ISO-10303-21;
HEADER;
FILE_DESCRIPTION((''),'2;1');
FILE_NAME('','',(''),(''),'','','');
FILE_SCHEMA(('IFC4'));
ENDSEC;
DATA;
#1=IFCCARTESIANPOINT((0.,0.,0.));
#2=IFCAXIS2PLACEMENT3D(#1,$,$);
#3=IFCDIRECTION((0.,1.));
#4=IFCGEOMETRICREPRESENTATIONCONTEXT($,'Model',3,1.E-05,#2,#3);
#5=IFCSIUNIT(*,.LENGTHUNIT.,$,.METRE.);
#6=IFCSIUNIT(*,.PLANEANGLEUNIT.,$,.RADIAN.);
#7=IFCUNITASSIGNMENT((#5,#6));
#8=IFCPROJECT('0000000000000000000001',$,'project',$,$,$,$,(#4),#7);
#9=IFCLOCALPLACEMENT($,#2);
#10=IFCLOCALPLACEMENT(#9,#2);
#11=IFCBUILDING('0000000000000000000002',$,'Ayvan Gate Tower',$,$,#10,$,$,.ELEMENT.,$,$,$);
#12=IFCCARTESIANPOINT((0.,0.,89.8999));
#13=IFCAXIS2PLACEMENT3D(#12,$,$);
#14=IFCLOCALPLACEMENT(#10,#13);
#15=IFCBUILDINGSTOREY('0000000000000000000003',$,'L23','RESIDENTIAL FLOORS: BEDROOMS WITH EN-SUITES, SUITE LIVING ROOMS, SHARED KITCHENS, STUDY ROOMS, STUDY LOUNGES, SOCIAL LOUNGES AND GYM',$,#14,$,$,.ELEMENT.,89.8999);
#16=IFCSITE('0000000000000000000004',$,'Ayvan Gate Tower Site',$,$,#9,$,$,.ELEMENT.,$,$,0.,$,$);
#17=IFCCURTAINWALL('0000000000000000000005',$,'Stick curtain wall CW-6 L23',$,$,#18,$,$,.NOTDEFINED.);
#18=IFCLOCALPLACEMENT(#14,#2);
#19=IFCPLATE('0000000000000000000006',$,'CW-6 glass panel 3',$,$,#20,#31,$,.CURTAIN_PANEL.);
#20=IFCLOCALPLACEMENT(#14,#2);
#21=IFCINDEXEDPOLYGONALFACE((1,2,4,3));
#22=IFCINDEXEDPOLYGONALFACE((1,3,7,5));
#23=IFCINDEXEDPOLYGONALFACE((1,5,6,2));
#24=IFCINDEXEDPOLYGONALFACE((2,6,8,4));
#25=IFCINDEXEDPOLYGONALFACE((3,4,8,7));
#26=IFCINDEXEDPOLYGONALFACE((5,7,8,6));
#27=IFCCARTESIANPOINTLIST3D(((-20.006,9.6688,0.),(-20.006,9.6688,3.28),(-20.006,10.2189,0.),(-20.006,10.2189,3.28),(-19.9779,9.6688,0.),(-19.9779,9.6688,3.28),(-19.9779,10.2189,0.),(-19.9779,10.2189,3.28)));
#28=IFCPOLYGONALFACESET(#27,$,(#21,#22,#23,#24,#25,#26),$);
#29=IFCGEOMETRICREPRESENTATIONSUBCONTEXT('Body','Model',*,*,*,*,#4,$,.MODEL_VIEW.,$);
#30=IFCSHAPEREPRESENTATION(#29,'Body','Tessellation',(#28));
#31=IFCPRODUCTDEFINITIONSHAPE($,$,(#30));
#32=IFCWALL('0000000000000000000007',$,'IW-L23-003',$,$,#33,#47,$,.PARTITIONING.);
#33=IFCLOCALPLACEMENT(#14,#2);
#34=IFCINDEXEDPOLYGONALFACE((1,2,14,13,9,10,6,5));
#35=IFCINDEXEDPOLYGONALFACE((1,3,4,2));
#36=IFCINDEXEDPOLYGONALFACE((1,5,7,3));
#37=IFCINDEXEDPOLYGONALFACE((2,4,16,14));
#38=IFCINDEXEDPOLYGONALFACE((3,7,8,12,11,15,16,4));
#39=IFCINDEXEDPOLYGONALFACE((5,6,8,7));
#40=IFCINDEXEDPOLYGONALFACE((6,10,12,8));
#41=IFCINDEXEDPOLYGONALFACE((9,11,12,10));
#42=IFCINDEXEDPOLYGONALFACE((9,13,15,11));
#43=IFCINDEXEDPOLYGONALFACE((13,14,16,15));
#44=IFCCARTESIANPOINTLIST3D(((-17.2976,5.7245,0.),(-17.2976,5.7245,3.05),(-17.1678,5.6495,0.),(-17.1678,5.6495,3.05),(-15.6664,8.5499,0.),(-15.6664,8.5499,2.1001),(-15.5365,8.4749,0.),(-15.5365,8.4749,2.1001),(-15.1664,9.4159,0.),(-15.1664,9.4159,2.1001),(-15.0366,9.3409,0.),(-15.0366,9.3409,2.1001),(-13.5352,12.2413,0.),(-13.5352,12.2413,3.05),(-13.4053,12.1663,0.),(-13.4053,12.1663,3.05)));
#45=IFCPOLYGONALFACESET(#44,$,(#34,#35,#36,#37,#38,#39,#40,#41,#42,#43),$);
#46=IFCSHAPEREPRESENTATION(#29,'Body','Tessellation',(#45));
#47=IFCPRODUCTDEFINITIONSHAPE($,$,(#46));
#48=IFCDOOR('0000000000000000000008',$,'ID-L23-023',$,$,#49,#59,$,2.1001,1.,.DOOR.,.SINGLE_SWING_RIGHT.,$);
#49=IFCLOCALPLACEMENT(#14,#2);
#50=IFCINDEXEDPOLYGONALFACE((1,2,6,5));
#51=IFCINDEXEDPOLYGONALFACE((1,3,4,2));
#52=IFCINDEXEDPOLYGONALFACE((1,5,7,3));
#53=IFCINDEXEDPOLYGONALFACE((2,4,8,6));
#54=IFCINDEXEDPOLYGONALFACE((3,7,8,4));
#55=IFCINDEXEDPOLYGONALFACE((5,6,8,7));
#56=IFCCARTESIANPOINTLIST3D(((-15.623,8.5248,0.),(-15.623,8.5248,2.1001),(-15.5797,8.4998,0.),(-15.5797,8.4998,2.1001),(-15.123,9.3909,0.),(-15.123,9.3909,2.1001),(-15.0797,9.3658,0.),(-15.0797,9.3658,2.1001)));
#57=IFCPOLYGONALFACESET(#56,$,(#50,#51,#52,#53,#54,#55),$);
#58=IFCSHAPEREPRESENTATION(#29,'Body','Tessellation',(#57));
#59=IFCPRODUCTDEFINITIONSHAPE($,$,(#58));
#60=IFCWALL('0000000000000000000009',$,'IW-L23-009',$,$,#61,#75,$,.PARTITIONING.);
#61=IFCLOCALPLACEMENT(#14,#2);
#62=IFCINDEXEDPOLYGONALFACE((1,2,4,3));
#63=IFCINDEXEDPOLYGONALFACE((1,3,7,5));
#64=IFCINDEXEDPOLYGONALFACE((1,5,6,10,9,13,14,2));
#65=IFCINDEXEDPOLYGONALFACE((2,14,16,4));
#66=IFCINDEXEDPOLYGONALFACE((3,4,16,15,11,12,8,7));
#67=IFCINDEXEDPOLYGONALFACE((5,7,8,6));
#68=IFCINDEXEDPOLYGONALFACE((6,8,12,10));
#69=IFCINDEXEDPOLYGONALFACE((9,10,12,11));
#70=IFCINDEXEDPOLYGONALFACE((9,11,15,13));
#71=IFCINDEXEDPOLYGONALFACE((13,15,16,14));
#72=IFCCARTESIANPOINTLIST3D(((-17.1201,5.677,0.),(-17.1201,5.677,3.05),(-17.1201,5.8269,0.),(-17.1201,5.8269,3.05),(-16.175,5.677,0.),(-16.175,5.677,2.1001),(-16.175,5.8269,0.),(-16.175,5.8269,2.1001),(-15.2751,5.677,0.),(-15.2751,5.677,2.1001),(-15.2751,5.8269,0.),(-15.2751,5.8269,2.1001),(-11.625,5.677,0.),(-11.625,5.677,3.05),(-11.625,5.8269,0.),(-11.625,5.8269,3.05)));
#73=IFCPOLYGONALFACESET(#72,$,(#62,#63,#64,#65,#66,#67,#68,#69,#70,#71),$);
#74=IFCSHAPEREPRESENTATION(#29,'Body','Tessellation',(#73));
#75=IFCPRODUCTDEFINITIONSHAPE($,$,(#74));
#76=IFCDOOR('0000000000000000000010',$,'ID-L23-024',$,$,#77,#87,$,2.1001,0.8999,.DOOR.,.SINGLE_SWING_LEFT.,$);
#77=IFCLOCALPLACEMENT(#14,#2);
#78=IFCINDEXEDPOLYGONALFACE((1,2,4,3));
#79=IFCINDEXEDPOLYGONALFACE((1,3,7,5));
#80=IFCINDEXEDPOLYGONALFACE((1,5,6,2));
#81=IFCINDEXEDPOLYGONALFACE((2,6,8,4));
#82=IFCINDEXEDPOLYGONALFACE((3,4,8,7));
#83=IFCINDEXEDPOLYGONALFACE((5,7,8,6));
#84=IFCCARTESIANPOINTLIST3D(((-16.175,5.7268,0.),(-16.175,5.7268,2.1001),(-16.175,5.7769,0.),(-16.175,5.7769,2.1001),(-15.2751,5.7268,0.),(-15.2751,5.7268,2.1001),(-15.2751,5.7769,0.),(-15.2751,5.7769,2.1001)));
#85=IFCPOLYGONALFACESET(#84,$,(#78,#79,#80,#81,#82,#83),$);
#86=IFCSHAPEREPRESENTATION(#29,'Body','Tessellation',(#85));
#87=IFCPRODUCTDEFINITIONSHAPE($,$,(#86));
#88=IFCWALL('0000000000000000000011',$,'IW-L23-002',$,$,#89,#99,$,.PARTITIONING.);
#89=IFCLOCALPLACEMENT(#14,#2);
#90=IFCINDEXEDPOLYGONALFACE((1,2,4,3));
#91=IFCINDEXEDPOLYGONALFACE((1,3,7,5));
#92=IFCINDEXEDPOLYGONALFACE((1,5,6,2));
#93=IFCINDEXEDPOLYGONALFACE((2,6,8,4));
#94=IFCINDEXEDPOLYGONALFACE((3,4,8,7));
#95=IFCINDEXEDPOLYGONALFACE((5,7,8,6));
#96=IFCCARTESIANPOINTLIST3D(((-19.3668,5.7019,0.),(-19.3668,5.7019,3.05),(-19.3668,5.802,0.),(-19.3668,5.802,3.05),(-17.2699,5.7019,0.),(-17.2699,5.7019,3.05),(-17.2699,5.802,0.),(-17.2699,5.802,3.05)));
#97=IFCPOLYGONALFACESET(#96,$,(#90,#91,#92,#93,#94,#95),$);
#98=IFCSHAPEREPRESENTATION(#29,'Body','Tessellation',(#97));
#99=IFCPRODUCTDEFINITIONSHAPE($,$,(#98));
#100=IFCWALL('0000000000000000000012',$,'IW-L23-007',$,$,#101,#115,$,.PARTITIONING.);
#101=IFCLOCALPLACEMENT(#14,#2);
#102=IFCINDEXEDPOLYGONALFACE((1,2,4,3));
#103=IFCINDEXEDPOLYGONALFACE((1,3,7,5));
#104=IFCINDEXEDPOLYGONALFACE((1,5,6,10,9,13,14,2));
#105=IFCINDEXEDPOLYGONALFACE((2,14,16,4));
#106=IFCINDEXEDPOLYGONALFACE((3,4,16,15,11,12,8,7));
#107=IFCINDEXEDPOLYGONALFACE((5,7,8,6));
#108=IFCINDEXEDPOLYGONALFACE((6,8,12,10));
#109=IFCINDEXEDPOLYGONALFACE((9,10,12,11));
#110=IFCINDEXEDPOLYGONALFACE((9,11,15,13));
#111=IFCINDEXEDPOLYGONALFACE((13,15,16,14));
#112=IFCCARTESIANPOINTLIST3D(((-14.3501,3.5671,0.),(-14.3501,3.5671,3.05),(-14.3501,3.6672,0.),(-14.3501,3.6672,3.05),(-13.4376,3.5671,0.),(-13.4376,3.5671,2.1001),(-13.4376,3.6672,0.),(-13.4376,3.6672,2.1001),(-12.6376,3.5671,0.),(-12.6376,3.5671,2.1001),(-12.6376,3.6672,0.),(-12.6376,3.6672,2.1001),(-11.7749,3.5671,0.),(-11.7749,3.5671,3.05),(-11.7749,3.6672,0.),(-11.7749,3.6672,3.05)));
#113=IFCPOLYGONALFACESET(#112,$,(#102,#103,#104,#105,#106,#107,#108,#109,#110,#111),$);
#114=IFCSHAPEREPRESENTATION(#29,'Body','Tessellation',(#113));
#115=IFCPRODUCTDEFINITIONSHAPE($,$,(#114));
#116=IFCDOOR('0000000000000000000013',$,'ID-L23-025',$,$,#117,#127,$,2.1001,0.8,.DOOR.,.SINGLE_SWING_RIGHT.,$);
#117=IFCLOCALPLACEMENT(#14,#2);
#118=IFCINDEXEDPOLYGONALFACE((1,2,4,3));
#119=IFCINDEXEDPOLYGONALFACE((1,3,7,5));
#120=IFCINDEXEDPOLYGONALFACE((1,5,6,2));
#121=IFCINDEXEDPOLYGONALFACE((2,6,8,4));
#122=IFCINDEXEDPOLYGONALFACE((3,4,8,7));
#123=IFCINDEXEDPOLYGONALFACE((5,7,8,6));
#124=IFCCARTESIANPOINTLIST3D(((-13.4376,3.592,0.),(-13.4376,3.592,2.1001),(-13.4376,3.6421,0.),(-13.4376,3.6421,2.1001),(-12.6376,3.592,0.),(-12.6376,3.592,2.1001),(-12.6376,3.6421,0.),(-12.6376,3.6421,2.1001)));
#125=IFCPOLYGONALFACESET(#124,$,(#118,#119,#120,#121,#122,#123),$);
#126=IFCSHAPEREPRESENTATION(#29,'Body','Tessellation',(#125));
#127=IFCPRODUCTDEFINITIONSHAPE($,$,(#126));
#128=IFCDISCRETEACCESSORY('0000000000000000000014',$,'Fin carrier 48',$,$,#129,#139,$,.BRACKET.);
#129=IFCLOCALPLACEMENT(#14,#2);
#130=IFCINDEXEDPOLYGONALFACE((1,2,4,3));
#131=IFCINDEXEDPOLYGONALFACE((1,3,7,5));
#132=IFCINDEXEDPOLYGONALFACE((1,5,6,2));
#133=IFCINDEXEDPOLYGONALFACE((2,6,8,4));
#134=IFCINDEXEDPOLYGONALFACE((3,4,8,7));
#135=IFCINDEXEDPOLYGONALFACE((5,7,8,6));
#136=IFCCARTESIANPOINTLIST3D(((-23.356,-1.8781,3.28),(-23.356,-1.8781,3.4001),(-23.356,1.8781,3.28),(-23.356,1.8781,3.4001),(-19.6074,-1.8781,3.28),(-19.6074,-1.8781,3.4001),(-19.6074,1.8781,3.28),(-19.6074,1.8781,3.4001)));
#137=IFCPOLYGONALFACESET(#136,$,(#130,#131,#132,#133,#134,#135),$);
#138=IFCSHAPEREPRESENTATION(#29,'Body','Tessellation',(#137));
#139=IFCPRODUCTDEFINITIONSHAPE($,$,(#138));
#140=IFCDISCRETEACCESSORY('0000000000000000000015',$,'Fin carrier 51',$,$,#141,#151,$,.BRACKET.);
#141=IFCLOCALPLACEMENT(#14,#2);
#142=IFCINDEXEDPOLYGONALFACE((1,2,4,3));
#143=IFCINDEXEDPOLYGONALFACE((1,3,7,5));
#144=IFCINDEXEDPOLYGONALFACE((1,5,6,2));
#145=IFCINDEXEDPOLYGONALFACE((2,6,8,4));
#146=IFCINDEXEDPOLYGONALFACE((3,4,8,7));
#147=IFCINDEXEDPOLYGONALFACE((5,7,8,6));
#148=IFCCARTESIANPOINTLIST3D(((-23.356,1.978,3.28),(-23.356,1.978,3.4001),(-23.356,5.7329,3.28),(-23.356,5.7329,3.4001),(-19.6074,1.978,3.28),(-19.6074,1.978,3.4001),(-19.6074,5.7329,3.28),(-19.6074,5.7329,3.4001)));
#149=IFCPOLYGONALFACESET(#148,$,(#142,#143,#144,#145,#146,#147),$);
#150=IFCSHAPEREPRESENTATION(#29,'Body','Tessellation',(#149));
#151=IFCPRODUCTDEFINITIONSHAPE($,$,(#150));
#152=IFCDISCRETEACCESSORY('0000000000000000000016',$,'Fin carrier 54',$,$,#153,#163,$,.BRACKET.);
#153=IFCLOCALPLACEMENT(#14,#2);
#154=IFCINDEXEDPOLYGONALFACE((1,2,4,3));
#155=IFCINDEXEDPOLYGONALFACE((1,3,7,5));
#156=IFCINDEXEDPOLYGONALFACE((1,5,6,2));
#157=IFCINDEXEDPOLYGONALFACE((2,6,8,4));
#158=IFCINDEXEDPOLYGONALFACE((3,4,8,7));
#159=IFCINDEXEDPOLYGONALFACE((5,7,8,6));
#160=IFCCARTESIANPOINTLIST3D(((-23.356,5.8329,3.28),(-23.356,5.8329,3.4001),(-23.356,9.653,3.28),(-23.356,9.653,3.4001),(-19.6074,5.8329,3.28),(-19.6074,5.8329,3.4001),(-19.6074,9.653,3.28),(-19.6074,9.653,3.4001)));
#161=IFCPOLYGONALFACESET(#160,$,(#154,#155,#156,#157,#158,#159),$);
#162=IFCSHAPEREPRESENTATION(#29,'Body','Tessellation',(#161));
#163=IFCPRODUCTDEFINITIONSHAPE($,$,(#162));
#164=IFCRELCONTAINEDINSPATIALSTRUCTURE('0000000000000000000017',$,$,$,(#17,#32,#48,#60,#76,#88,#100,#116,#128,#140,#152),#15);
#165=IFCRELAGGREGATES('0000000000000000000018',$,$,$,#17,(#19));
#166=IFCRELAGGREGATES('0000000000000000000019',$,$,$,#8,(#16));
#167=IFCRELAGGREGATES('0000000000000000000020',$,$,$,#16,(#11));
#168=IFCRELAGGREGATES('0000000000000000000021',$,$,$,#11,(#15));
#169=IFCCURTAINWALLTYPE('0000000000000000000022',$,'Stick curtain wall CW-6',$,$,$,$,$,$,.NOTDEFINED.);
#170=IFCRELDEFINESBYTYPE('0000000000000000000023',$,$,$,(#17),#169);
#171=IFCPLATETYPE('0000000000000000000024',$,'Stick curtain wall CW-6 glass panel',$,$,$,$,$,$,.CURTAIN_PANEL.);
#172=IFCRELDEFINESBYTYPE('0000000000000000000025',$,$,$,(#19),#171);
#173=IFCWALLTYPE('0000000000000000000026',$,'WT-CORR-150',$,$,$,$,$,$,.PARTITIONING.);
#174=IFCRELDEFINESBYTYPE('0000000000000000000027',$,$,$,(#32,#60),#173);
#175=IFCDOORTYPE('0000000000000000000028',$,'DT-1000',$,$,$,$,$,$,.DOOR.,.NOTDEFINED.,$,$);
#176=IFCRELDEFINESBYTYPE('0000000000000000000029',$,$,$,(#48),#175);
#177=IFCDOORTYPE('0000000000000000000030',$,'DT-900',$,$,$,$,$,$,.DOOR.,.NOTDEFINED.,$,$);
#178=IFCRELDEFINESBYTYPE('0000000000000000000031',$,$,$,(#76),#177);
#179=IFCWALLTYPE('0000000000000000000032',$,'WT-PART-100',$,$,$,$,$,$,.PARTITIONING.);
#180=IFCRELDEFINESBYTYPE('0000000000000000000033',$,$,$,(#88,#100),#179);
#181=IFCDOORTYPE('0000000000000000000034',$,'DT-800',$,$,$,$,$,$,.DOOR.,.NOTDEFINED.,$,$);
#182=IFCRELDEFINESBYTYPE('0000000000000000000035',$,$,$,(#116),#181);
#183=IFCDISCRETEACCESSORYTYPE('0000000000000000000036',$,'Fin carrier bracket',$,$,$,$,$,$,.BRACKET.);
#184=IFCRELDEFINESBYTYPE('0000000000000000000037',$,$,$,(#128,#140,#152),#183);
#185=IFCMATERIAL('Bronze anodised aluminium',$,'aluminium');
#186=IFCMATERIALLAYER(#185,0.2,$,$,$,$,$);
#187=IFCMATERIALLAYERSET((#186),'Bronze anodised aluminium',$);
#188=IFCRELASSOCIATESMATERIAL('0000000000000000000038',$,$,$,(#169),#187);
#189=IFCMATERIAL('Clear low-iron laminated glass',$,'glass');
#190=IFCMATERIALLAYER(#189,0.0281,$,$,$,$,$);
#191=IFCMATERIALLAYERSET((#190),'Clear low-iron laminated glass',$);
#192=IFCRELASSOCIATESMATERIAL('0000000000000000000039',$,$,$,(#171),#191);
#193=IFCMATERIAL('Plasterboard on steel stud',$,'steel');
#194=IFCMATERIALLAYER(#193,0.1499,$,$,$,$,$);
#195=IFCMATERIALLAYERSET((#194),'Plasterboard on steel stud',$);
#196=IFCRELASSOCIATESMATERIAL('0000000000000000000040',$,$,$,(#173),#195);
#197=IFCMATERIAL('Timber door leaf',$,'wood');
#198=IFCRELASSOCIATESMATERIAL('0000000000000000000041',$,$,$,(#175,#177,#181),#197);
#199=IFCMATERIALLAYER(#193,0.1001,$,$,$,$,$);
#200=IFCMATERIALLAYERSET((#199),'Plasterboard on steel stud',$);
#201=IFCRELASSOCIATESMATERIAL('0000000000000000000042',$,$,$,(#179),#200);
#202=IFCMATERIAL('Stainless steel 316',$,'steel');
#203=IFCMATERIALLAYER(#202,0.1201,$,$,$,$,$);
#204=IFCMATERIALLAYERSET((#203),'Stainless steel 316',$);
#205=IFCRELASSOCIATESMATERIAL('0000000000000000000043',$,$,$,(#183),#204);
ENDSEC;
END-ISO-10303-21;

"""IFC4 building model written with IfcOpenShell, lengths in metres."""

from ifc_helpers import new_model, si_unit, direction, frame, frame_2d, origin, origin_2d, place, context, subcontext, project, spatial, rectangle, extrude, material, layer, layer_set, type_object, element, fill, aggregate, save


model = new_model("IFC4")

# Units and contexts
model_context = context("Model", 3, precision=1e-05, world=origin(), true_north=direction((0.0, 1.0)))
body_context = subcontext(model_context, "Body", "Model", "MODEL_VIEW")
ifc_project = project(units=[si_unit("LENGTHUNIT", "METRE"), si_unit("PLANEANGLEUNIT", "RADIAN")], contexts=[model_context])

# Site, building, storey
site_placement = place(None, origin())
site = spatial("IfcSite", under=ifc_project, at=site_placement, Name="Ayvan Gate Tower Site", CompositionType="ELEMENT", RefElevation=0.0)
building_placement = place(site_placement, origin())
building = spatial("IfcBuilding", under=site, at=building_placement, Name="Ayvan Gate Tower", CompositionType="ELEMENT")
storey_placement = place(building_placement, frame((0.0, 0.0, 89.8999)))
storey = spatial("IfcBuildingStorey", under=building, at=storey_placement, Name="L23", Description="RESIDENTIAL FLOORS: BEDROOMS WITH EN-SUITES, SUITE LIVING ROOMS, SHARED KITCHENS, STUDY ROOMS, STUDY LOUNGES, SOCIAL LOUNGES AND GYM", CompositionType="ELEMENT", Elevation=89.8999)

# Curtain wall
ifc_material_1 = material(Name="Bronze anodised aluminium", Category="aluminium")
ifc_layer_1 = layer(ifc_material_1, 0.2)
ifc_layer_set_1 = layer_set([ifc_layer_1], Name="Bronze anodised aluminium")
curtain_wall_type_1 = type_object("IfcCurtainWallType", Name="Stick curtain wall CW-6", PredefinedType="NOTDEFINED", material=ifc_layer_set_1)
curtain_wall_1_placement = place(storey_placement, origin())
curtain_wall_1 = element("IfcCurtainWall", 1, at=curtain_wall_1_placement, inside=storey, type_object=curtain_wall_type_1, Name="Stick curtain wall CW-6 L23", PredefinedType="NOTDEFINED")

# Plate
ifc_material_2 = material(Name="Clear low-iron laminated glass", Category="glass")
ifc_layer_2 = layer(ifc_material_2, 0.0281)
ifc_layer_set_2 = layer_set([ifc_layer_2], Name="Clear low-iron laminated glass")
plate_type_1 = type_object("IfcPlateType", Name="Stick curtain wall CW-6 glass panel", PredefinedType="CURTAIN_PANEL", material=ifc_layer_set_2)
plate_1_placement = place(storey_placement, frame((-19.9919, 9.9438, 0.0), z_axis=(0.0, 0.0, 1.0), x_axis=(0.0, -1.0, 0.0)))
plate_1 = element("IfcPlate", 2, at=plate_1_placement, type_object=plate_type_1, Name="CW-6 glass panel 3", PredefinedType="CURTAIN_PANEL", context=body_context, shape_type="SweptSolid", body=[
    extrude(rectangle(XDim=0.55, YDim=0.0281, at=origin_2d()), origin(), (0.0, 0.0, 1.0), 3.28),
])
aggregate(curtain_wall_1, [plate_1])

# Walls, openings, doors
ifc_material_3 = material(Name="Plasterboard on steel stud", Category="steel")
ifc_layer_3 = layer(ifc_material_3, 0.1499)
ifc_layer_set_3 = layer_set([ifc_layer_3], Name="Plasterboard on steel stud")
wall_type_1 = type_object("IfcWallType", Name="WT-CORR-150", PredefinedType="PARTITIONING", material=ifc_layer_set_3)
wall_1_placement = place(storey_placement, frame((-17.2327, 5.687, 0.0), z_axis=(0.0, 0.0, 1.0), x_axis=(0.499995, 0.866028, 0.0)))
wall_1 = element("IfcWall", 3, at=wall_1_placement, inside=storey, type_object=wall_type_1, Name="IW-L23-003", PredefinedType="PARTITIONING", context=body_context, shape_type="SweptSolid", body=[
    extrude(rectangle(XDim=7.5249, YDim=0.1499, at=frame_2d((3.7625, 0.0))), origin(), (0.0, 0.0, 1.0), 3.05),
])
opening_1_placement = place(wall_1_placement, frame((3.2625, 0.0, 0.0)))
opening_1 = element("IfcOpeningElement", 4, at=opening_1_placement, cuts=wall_1, PredefinedType="OPENING", context=body_context, shape_type="SweptSolid", body=[
    extrude(rectangle(XDim=1.0, YDim=2.1001, at=frame_2d((0.5, 1.05))), frame((0.0, 0.085, 0.0), z_axis=(0.0, -1.0, 0.0), x_axis=(1.0, 0.0, 0.0)), (0.0, 0.0, 1.0), 0.1699),
])
ifc_material_4 = material(Name="Timber door leaf", Category="wood")
door_type_1 = type_object("IfcDoorType", Name="DT-1000", OperationType="NOTDEFINED", PredefinedType="DOOR", material=ifc_material_4)
door_1_placement = place(opening_1_placement, origin())
door_1 = element("IfcDoor", 5, at=door_1_placement, inside=storey, type_object=door_type_1, Name="ID-L23-023", OperationType="SINGLE_SWING_RIGHT", OverallHeight=2.1001, OverallWidth=1.0, PredefinedType="DOOR", context=body_context, shape_type="SweptSolid", body=[
    extrude(rectangle(XDim=1.0, YDim=2.1001, at=frame_2d((0.5, 1.05))), frame((0.0, 0.0249, 0.0), z_axis=(0.0, -1.0, 0.0), x_axis=(1.0, 0.0, 0.0)), (0.0, 0.0, 1.0), 0.05),
])
fill(opening_1, door_1)
wall_2_placement = place(storey_placement, frame((-17.1201, 5.752, 0.0), z_axis=(0.0, 0.0, 1.0), x_axis=(1.0, 0.0, 0.0)))
wall_2 = element("IfcWall", 6, at=wall_2_placement, inside=storey, type_object=wall_type_1, Name="IW-L23-009", PredefinedType="PARTITIONING", context=body_context, shape_type="SweptSolid", body=[
    extrude(rectangle(XDim=5.4951, YDim=0.1499, at=frame_2d((2.7476, 0.0))), origin(), (0.0, 0.0, 1.0), 3.05),
])
opening_2_placement = place(wall_2_placement, frame((0.9451, 0.0, 0.0)))
opening_2 = element("IfcOpeningElement", 7, at=opening_2_placement, cuts=wall_2, PredefinedType="OPENING", context=body_context, shape_type="SweptSolid", body=[
    extrude(rectangle(XDim=0.8999, YDim=2.1001, at=frame_2d((0.45, 1.05))), frame((0.0, 0.085, 0.0), z_axis=(0.0, -1.0, 0.0), x_axis=(1.0, 0.0, 0.0)), (0.0, 0.0, 1.0), 0.1699),
])
door_type_2 = type_object("IfcDoorType", Name="DT-900", OperationType="NOTDEFINED", PredefinedType="DOOR", material=ifc_material_4)
door_2_placement = place(opening_2_placement, origin())
door_2 = element("IfcDoor", 8, at=door_2_placement, inside=storey, type_object=door_type_2, Name="ID-L23-024", OperationType="SINGLE_SWING_LEFT", OverallHeight=2.1001, OverallWidth=0.8999, PredefinedType="DOOR", context=body_context, shape_type="SweptSolid", body=[
    extrude(rectangle(XDim=0.8999, YDim=2.1001, at=frame_2d((0.45, 1.05))), frame((0.0, 0.0249, 0.0), z_axis=(0.0, -1.0, 0.0), x_axis=(1.0, 0.0, 0.0)), (0.0, 0.0, 1.0), 0.05),
])
fill(opening_2, door_2)

# Wall
ifc_layer_4 = layer(ifc_material_3, 0.1001)
ifc_layer_set_4 = layer_set([ifc_layer_4], Name="Plasterboard on steel stud")
wall_type_2 = type_object("IfcWallType", Name="WT-PART-100", PredefinedType="PARTITIONING", material=ifc_layer_set_4)
wall_3_placement = place(storey_placement, frame((-17.27, 5.752, 0.0), z_axis=(0.0, 0.0, 1.0), x_axis=(-1.0, 0.0, 0.0)))
element("IfcWall", 9, at=wall_3_placement, inside=storey, type_object=wall_type_2, Name="IW-L23-002", PredefinedType="PARTITIONING", context=body_context, shape_type="SweptSolid", body=[
    extrude(rectangle(XDim=2.0969, YDim=0.1001, at=frame_2d((1.0483, 0.0))), origin(), (0.0, 0.0, 1.0), 3.05),
])

# Wall, opening, door
wall_4_placement = place(storey_placement, frame((-14.3501, 3.6172, 0.0), z_axis=(0.0, 0.0, 1.0), x_axis=(1.0, 0.0, 0.0)))
wall_4 = element("IfcWall", 10, at=wall_4_placement, inside=storey, type_object=wall_type_2, Name="IW-L23-007", PredefinedType="PARTITIONING", context=body_context, shape_type="SweptSolid", body=[
    extrude(rectangle(XDim=2.5752, YDim=0.1001, at=frame_2d((1.2876, 0.0))), origin(), (0.0, 0.0, 1.0), 3.05),
])
opening_3_placement = place(wall_4_placement, frame((0.9126, 0.0, 0.0)))
opening_3 = element("IfcOpeningElement", 11, at=opening_3_placement, cuts=wall_4, PredefinedType="OPENING", context=body_context, shape_type="SweptSolid", body=[
    extrude(rectangle(XDim=0.8, YDim=2.1001, at=frame_2d((0.3999, 1.05))), frame((0.0, 0.0601, 0.0), z_axis=(0.0, -1.0, 0.0), x_axis=(1.0, 0.0, 0.0)), (0.0, 0.0, 1.0), 0.1201),
])
door_type_3 = type_object("IfcDoorType", Name="DT-800", OperationType="NOTDEFINED", PredefinedType="DOOR", material=ifc_material_4)
door_3_placement = place(opening_3_placement, origin())
door_3 = element("IfcDoor", 12, at=door_3_placement, inside=storey, type_object=door_type_3, Name="ID-L23-025", OperationType="SINGLE_SWING_RIGHT", OverallHeight=2.1001, OverallWidth=0.8, PredefinedType="DOOR", context=body_context, shape_type="SweptSolid", body=[
    extrude(rectangle(XDim=0.8, YDim=2.1001, at=frame_2d((0.3999, 1.05))), frame((0.0, 0.0249, 0.0), z_axis=(0.0, -1.0, 0.0), x_axis=(1.0, 0.0, 0.0)), (0.0, 0.0, 1.0), 0.05),
])
fill(opening_3, door_3)

# Discrete accessories
ifc_material_5 = material(Name="Stainless steel 316", Category="steel")
ifc_layer_5 = layer(ifc_material_5, 0.1201)
ifc_layer_set_5 = layer_set([ifc_layer_5], Name="Stainless steel 316")
discrete_accessory_type = type_object("IfcDiscreteAccessoryType", Name="Fin carrier bracket", PredefinedType="BRACKET", material=ifc_layer_set_5)
discrete_accessory_1_placement = place(storey_placement, frame((-21.4817, 0.0, 3.28), z_axis=(0.0, 0.0, 1.0), x_axis=(0.0, -1.0, 0.0)))
element("IfcDiscreteAccessory", 13, at=discrete_accessory_1_placement, inside=storey, type_object=discrete_accessory_type, Name="Fin carrier 48", PredefinedType="BRACKET", context=body_context, shape_type="SweptSolid", body=[
    extrude(rectangle(XDim=3.7561, YDim=3.7485, at=origin_2d()), origin(), (0.0, 0.0, 1.0), 0.1201),
])
discrete_accessory_2_placement = place(storey_placement, frame((-21.4817, 3.8555, 3.28), z_axis=(0.0, 0.0, 1.0), x_axis=(0.0, -1.0, 0.0)))
element("IfcDiscreteAccessory", 14, at=discrete_accessory_2_placement, inside=storey, type_object=discrete_accessory_type, Name="Fin carrier 51", PredefinedType="BRACKET", context=body_context, shape_type="SweptSolid", body=[
    extrude(rectangle(XDim=3.7549, YDim=3.7485, at=origin_2d()), origin(), (0.0, 0.0, 1.0), 0.1201),
])
discrete_accessory_3_placement = place(storey_placement, frame((-21.4817, 7.7429, 3.28), z_axis=(0.0, 0.0, 1.0), x_axis=(0.0, -1.0, 0.0)))
element("IfcDiscreteAccessory", 15, at=discrete_accessory_3_placement, inside=storey, type_object=discrete_accessory_type, Name="Fin carrier 54", PredefinedType="BRACKET", context=body_context, shape_type="SweptSolid", body=[
    extrude(rectangle(XDim=3.8201, YDim=3.7485, at=origin_2d()), origin(), (0.0, 0.0, 1.0), 0.1201),
])

save(model, "model.ifc")
